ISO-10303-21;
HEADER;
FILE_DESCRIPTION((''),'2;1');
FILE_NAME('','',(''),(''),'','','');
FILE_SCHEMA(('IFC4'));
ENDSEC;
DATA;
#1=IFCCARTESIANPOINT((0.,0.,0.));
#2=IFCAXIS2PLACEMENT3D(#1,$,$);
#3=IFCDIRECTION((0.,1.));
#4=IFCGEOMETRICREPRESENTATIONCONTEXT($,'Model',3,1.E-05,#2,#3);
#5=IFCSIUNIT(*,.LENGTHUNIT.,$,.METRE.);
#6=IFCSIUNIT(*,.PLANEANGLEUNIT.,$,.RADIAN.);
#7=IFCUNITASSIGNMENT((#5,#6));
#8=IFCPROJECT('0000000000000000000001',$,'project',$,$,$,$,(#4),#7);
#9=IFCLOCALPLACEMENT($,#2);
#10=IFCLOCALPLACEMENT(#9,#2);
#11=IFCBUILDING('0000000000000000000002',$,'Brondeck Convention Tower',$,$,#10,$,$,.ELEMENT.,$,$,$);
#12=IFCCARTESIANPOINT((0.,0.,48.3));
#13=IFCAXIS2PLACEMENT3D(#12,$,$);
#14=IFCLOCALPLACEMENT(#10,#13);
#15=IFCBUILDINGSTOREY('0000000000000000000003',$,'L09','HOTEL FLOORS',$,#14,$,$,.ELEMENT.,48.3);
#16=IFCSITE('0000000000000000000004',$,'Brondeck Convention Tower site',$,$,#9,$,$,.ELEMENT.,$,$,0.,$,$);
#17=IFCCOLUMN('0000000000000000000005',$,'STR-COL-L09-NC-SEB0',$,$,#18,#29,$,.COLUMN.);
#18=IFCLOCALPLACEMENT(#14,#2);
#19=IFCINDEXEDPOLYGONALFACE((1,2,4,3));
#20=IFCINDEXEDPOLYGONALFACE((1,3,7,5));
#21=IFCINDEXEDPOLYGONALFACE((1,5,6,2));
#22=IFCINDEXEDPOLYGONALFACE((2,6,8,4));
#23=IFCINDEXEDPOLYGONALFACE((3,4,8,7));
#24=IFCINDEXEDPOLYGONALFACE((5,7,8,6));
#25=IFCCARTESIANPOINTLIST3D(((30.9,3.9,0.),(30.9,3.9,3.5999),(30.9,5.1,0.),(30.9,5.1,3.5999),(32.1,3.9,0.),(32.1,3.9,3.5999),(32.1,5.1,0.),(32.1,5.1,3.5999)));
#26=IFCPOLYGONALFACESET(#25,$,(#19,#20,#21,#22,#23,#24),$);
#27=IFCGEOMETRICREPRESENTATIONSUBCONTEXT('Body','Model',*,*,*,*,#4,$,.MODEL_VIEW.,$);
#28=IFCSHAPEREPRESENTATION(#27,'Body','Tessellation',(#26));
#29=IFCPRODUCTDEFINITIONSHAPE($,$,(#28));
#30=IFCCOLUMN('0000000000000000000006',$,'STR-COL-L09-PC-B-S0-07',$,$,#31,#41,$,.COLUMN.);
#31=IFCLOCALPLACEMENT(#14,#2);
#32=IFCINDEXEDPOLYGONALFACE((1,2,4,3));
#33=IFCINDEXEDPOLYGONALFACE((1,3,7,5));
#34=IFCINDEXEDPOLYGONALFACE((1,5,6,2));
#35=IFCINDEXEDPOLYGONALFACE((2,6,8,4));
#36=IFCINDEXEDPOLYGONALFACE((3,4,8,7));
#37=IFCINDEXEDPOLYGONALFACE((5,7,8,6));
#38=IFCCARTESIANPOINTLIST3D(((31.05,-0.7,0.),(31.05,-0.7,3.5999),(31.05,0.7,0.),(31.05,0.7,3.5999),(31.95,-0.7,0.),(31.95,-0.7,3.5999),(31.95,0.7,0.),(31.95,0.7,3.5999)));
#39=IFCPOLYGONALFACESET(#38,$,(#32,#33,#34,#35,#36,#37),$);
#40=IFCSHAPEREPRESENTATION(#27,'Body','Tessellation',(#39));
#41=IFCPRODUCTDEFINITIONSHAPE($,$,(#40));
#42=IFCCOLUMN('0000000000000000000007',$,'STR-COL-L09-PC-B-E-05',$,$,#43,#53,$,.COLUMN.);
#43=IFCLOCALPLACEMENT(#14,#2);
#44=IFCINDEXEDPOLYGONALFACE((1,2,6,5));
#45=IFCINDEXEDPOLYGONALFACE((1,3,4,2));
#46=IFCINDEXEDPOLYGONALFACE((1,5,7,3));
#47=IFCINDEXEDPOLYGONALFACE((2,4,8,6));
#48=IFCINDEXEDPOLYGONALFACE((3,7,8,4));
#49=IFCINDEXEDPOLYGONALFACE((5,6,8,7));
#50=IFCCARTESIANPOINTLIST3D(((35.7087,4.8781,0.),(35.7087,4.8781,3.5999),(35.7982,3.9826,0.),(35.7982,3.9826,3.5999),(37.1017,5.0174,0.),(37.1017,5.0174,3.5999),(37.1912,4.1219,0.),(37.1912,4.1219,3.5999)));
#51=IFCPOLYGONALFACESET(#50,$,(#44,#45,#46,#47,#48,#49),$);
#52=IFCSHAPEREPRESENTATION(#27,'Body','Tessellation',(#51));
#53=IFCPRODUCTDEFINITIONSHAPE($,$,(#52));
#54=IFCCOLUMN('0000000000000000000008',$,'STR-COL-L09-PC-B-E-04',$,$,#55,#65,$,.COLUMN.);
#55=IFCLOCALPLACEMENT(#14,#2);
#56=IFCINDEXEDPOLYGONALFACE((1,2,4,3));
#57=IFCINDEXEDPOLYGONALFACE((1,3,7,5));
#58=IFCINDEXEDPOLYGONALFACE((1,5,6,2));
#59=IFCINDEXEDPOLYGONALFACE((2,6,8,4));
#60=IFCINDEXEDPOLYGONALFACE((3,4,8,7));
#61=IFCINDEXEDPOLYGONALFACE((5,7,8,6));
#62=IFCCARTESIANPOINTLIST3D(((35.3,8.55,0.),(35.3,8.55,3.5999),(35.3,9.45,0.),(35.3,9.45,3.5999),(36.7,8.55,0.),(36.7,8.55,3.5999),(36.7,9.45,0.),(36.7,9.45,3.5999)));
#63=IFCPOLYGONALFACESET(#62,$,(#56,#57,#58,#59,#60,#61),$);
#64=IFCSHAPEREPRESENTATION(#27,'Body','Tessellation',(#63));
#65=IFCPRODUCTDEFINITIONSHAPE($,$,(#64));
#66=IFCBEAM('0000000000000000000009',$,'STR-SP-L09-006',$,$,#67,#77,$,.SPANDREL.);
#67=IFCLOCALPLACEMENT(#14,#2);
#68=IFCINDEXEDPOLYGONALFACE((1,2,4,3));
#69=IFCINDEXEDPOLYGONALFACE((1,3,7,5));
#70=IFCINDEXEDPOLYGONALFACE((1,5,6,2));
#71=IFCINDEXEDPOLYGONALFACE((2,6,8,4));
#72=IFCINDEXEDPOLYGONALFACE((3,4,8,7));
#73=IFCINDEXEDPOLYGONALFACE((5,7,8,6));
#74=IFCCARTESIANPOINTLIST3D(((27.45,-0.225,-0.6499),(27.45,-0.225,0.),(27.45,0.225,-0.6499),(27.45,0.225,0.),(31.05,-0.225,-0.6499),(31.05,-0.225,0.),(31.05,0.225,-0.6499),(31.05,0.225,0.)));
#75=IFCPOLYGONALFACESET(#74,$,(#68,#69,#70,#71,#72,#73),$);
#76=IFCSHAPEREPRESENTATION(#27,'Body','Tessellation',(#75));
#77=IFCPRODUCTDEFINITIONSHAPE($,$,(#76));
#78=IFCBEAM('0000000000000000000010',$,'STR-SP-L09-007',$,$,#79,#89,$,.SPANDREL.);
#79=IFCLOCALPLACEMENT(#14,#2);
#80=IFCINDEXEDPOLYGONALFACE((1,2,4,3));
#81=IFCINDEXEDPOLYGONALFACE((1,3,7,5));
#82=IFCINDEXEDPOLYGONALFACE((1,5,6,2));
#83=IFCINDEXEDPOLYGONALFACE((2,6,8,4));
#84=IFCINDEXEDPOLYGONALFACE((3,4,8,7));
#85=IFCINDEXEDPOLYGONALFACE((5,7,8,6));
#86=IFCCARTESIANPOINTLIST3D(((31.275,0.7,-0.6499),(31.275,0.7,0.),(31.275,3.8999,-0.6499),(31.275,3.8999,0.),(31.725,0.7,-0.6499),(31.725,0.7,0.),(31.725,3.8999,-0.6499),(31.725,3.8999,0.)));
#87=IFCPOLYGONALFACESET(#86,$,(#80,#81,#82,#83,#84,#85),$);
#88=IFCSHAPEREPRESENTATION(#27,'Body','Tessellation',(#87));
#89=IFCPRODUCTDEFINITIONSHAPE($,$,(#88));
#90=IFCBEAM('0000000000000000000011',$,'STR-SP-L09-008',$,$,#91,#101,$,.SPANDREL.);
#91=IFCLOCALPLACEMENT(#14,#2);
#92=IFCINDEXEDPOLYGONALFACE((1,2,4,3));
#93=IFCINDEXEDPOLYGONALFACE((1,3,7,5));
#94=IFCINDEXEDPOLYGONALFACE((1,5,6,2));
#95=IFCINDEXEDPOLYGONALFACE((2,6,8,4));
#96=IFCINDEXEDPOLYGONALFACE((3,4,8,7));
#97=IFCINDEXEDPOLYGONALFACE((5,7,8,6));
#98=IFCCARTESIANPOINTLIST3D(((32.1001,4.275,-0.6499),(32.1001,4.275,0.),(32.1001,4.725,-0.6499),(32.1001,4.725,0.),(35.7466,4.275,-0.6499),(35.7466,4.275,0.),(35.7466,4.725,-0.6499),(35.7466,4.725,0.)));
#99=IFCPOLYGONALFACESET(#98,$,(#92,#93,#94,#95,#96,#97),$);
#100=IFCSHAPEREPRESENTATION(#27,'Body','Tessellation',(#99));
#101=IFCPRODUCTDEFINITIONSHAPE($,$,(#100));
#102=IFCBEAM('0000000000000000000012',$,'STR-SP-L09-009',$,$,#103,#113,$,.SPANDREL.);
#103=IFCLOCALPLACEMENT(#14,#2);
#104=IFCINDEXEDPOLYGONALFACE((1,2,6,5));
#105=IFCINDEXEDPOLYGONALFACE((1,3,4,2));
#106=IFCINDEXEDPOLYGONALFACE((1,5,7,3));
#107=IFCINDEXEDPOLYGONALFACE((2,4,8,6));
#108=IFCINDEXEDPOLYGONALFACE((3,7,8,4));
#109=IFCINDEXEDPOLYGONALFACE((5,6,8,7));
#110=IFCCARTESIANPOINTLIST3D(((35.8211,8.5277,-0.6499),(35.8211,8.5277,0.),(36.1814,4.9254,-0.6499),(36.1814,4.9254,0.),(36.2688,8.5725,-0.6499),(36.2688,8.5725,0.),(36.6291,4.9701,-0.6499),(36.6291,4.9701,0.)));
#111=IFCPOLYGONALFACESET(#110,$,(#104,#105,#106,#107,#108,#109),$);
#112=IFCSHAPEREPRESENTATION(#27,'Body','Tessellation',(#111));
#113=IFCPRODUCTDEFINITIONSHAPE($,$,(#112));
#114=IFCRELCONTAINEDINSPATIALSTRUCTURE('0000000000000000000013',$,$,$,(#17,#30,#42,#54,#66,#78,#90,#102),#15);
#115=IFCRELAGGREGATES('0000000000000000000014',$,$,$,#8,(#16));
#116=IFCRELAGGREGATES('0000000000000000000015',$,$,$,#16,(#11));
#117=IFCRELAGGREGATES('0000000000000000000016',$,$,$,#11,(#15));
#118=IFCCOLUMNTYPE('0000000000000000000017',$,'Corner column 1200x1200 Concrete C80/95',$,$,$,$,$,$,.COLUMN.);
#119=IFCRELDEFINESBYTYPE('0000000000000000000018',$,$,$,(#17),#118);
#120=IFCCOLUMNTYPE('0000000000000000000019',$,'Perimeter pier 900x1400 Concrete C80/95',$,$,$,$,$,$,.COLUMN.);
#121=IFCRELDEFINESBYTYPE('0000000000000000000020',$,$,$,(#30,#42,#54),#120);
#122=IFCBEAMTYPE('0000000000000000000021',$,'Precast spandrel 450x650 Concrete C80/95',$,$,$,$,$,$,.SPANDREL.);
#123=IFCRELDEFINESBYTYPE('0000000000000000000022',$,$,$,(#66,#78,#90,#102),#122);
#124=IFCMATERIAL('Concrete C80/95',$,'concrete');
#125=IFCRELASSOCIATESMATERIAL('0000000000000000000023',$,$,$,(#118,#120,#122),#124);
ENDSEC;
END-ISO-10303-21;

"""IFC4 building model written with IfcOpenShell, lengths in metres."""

from ifc_helpers import new_model, si_unit, direction, frame, origin, origin_2d, place, context, subcontext, project, spatial, rectangle, extrude, material, material_profile, profile_set, type_object, element, save


model = new_model("IFC4")

# Units and contexts
model_context = context("Model", 3, precision=1e-05, world=origin(), true_north=direction((0.0, 1.0)))
body_context = subcontext(model_context, "Body", "Model", "MODEL_VIEW")
ifc_project = project(units=[si_unit("LENGTHUNIT", "METRE"), si_unit("PLANEANGLEUNIT", "RADIAN")], contexts=[model_context])

# Site, building, storey
site_placement = place(None, origin())
site = spatial("IfcSite", under=ifc_project, at=site_placement, Name="Brondeck Convention Tower site", CompositionType="ELEMENT", RefElevation=0.0)
building_placement = place(site_placement, origin())
building = spatial("IfcBuilding", under=site, at=building_placement, Name="Brondeck Convention Tower", CompositionType="ELEMENT")
storey_placement = place(building_placement, frame((0.0, 0.0, 48.3)))
storey = spatial("IfcBuildingStorey", under=building, at=storey_placement, Name="L09", Description="HOTEL FLOORS", CompositionType="ELEMENT", Elevation=48.3)

# Columns
ifc_material_1 = material(Name="Concrete C80/95", Category="concrete")
ifc_material_profile_1 = material_profile(ifc_material_1, rectangle(XDim=1.2, YDim=1.2, at=origin_2d()), Name="Corner column 1200x1200 Concrete C80/95")
ifc_profile_set_1 = profile_set([ifc_material_profile_1], Name="Concrete C80/95")
column_type_1 = type_object("IfcColumnType", Name="Corner column 1200x1200 Concrete C80/95", PredefinedType="COLUMN", material=ifc_profile_set_1)
column_placement = place(storey_placement, frame((31.5, 4.5, 0.0), z_axis=(0.0, 0.0, 1.0), x_axis=(1.0, 0.0, 0.0)))
element("IfcColumn", 1, at=column_placement, inside=storey, type_object=column_type_1, Name="STR-COL-L09-NC-SEB0", PredefinedType="COLUMN", context=body_context, shape_type="SweptSolid", body=[
    extrude(rectangle(XDim=1.2, YDim=1.2, at=origin_2d()), origin(), (0.0, 0.0, 1.0), 3.5999),
])
ifc_material_profile_2 = material_profile(ifc_material_1, rectangle(XDim=0.8999, YDim=1.3999, at=origin_2d()), Name="Perimeter pier 900x1400 Concrete C80/95")
ifc_profile_set_2 = profile_set([ifc_material_profile_2], Name="Concrete C80/95")
column_type_2 = type_object("IfcColumnType", Name="Perimeter pier 900x1400 Concrete C80/95", PredefinedType="COLUMN", material=ifc_profile_set_2)
for number, where, z_axis, x_axis, name in (
    (2, (31.5, 0.0, 0.0), (0.0, 0.0, 1.0), (1.0, 0.0, 0.0), "STR-COL-L09-PC-B-S0-07"),
    (3, (36.45, 4.5, 0.0), (0.0, 0.0, 1.0), (-0.099504, 0.995037, 0.0), "STR-COL-L09-PC-B-E-05"),
    (4, (36.0, 9.0, 0.0), (0.0, 0.0, 1.0), (0.0, 1.0, 0.0), "STR-COL-L09-PC-B-E-04"),
):
    element("IfcColumn", number, at=place(storey_placement, frame(where, z_axis=z_axis, x_axis=x_axis)), inside=storey, type_object=column_type_2, Name=name, PredefinedType="COLUMN", context=body_context, shape_type="SweptSolid", body=[
        extrude(rectangle(XDim=0.8999, YDim=1.3999, at=origin_2d()), origin(), (0.0, 0.0, 1.0), 3.5999),
    ])

# Beams
ifc_material_profile_3 = material_profile(ifc_material_1, rectangle(XDim=0.45, YDim=0.6499, at=origin_2d()), Name="Precast spandrel 450x650 Concrete C80/95")
ifc_profile_set_3 = profile_set([ifc_material_profile_3], Name="Concrete C80/95")
beam_type = type_object("IfcBeamType", Name="Precast spandrel 450x650 Concrete C80/95", PredefinedType="SPANDREL", material=ifc_profile_set_3)
beam_1_placement = place(storey_placement, frame((27.45, 0.0, -0.325), z_axis=(1.0, 0.0, 0.0), x_axis=(0.0, 1.0, 0.0)))
element("IfcBeam", 5, at=beam_1_placement, inside=storey, type_object=beam_type, Name="STR-SP-L09-006", PredefinedType="SPANDREL", context=body_context, shape_type="SweptSolid", body=[
    extrude(rectangle(XDim=0.45, YDim=0.6499, at=origin_2d()), origin(), (0.0, 0.0, 1.0), 3.6001),
])
beam_2_placement = place(storey_placement, frame((31.5, 0.7, -0.325), z_axis=(0.0, 1.0, 0.0), x_axis=(-1.0, 0.0, 0.0)))
element("IfcBeam", 6, at=beam_2_placement, inside=storey, type_object=beam_type, Name="STR-SP-L09-007", PredefinedType="SPANDREL", context=body_context, shape_type="SweptSolid", body=[
    extrude(rectangle(XDim=0.45, YDim=0.6499, at=origin_2d()), origin(), (0.0, 0.0, 1.0), 3.2),
])
beam_3_placement = place(storey_placement, frame((32.1001, 4.5, -0.325), z_axis=(1.0, 0.0, 0.0), x_axis=(0.0, 1.0, 0.0)))
element("IfcBeam", 7, at=beam_3_placement, inside=storey, type_object=beam_type, Name="STR-SP-L09-008", PredefinedType="SPANDREL", context=body_context, shape_type="SweptSolid", body=[
    extrude(rectangle(XDim=0.45, YDim=0.6499, at=origin_2d()), origin(), (0.0, 0.0, 1.0), 3.6465),
])
beam_4_placement = place(storey_placement, frame((36.4053, 4.9478, -0.325), z_axis=(-0.099537, 0.995034, 0.0), x_axis=(-0.995034, -0.099537, 0.0)))
element("IfcBeam", 8, at=beam_4_placement, inside=storey, type_object=beam_type, Name="STR-SP-L09-009", PredefinedType="SPANDREL", context=body_context, shape_type="SweptSolid", body=[
    extrude(rectangle(XDim=0.45, YDim=0.6499, at=origin_2d()), origin(), (0.0, 0.0, 1.0), 3.6204),
])

save(model, "model.ifc")
